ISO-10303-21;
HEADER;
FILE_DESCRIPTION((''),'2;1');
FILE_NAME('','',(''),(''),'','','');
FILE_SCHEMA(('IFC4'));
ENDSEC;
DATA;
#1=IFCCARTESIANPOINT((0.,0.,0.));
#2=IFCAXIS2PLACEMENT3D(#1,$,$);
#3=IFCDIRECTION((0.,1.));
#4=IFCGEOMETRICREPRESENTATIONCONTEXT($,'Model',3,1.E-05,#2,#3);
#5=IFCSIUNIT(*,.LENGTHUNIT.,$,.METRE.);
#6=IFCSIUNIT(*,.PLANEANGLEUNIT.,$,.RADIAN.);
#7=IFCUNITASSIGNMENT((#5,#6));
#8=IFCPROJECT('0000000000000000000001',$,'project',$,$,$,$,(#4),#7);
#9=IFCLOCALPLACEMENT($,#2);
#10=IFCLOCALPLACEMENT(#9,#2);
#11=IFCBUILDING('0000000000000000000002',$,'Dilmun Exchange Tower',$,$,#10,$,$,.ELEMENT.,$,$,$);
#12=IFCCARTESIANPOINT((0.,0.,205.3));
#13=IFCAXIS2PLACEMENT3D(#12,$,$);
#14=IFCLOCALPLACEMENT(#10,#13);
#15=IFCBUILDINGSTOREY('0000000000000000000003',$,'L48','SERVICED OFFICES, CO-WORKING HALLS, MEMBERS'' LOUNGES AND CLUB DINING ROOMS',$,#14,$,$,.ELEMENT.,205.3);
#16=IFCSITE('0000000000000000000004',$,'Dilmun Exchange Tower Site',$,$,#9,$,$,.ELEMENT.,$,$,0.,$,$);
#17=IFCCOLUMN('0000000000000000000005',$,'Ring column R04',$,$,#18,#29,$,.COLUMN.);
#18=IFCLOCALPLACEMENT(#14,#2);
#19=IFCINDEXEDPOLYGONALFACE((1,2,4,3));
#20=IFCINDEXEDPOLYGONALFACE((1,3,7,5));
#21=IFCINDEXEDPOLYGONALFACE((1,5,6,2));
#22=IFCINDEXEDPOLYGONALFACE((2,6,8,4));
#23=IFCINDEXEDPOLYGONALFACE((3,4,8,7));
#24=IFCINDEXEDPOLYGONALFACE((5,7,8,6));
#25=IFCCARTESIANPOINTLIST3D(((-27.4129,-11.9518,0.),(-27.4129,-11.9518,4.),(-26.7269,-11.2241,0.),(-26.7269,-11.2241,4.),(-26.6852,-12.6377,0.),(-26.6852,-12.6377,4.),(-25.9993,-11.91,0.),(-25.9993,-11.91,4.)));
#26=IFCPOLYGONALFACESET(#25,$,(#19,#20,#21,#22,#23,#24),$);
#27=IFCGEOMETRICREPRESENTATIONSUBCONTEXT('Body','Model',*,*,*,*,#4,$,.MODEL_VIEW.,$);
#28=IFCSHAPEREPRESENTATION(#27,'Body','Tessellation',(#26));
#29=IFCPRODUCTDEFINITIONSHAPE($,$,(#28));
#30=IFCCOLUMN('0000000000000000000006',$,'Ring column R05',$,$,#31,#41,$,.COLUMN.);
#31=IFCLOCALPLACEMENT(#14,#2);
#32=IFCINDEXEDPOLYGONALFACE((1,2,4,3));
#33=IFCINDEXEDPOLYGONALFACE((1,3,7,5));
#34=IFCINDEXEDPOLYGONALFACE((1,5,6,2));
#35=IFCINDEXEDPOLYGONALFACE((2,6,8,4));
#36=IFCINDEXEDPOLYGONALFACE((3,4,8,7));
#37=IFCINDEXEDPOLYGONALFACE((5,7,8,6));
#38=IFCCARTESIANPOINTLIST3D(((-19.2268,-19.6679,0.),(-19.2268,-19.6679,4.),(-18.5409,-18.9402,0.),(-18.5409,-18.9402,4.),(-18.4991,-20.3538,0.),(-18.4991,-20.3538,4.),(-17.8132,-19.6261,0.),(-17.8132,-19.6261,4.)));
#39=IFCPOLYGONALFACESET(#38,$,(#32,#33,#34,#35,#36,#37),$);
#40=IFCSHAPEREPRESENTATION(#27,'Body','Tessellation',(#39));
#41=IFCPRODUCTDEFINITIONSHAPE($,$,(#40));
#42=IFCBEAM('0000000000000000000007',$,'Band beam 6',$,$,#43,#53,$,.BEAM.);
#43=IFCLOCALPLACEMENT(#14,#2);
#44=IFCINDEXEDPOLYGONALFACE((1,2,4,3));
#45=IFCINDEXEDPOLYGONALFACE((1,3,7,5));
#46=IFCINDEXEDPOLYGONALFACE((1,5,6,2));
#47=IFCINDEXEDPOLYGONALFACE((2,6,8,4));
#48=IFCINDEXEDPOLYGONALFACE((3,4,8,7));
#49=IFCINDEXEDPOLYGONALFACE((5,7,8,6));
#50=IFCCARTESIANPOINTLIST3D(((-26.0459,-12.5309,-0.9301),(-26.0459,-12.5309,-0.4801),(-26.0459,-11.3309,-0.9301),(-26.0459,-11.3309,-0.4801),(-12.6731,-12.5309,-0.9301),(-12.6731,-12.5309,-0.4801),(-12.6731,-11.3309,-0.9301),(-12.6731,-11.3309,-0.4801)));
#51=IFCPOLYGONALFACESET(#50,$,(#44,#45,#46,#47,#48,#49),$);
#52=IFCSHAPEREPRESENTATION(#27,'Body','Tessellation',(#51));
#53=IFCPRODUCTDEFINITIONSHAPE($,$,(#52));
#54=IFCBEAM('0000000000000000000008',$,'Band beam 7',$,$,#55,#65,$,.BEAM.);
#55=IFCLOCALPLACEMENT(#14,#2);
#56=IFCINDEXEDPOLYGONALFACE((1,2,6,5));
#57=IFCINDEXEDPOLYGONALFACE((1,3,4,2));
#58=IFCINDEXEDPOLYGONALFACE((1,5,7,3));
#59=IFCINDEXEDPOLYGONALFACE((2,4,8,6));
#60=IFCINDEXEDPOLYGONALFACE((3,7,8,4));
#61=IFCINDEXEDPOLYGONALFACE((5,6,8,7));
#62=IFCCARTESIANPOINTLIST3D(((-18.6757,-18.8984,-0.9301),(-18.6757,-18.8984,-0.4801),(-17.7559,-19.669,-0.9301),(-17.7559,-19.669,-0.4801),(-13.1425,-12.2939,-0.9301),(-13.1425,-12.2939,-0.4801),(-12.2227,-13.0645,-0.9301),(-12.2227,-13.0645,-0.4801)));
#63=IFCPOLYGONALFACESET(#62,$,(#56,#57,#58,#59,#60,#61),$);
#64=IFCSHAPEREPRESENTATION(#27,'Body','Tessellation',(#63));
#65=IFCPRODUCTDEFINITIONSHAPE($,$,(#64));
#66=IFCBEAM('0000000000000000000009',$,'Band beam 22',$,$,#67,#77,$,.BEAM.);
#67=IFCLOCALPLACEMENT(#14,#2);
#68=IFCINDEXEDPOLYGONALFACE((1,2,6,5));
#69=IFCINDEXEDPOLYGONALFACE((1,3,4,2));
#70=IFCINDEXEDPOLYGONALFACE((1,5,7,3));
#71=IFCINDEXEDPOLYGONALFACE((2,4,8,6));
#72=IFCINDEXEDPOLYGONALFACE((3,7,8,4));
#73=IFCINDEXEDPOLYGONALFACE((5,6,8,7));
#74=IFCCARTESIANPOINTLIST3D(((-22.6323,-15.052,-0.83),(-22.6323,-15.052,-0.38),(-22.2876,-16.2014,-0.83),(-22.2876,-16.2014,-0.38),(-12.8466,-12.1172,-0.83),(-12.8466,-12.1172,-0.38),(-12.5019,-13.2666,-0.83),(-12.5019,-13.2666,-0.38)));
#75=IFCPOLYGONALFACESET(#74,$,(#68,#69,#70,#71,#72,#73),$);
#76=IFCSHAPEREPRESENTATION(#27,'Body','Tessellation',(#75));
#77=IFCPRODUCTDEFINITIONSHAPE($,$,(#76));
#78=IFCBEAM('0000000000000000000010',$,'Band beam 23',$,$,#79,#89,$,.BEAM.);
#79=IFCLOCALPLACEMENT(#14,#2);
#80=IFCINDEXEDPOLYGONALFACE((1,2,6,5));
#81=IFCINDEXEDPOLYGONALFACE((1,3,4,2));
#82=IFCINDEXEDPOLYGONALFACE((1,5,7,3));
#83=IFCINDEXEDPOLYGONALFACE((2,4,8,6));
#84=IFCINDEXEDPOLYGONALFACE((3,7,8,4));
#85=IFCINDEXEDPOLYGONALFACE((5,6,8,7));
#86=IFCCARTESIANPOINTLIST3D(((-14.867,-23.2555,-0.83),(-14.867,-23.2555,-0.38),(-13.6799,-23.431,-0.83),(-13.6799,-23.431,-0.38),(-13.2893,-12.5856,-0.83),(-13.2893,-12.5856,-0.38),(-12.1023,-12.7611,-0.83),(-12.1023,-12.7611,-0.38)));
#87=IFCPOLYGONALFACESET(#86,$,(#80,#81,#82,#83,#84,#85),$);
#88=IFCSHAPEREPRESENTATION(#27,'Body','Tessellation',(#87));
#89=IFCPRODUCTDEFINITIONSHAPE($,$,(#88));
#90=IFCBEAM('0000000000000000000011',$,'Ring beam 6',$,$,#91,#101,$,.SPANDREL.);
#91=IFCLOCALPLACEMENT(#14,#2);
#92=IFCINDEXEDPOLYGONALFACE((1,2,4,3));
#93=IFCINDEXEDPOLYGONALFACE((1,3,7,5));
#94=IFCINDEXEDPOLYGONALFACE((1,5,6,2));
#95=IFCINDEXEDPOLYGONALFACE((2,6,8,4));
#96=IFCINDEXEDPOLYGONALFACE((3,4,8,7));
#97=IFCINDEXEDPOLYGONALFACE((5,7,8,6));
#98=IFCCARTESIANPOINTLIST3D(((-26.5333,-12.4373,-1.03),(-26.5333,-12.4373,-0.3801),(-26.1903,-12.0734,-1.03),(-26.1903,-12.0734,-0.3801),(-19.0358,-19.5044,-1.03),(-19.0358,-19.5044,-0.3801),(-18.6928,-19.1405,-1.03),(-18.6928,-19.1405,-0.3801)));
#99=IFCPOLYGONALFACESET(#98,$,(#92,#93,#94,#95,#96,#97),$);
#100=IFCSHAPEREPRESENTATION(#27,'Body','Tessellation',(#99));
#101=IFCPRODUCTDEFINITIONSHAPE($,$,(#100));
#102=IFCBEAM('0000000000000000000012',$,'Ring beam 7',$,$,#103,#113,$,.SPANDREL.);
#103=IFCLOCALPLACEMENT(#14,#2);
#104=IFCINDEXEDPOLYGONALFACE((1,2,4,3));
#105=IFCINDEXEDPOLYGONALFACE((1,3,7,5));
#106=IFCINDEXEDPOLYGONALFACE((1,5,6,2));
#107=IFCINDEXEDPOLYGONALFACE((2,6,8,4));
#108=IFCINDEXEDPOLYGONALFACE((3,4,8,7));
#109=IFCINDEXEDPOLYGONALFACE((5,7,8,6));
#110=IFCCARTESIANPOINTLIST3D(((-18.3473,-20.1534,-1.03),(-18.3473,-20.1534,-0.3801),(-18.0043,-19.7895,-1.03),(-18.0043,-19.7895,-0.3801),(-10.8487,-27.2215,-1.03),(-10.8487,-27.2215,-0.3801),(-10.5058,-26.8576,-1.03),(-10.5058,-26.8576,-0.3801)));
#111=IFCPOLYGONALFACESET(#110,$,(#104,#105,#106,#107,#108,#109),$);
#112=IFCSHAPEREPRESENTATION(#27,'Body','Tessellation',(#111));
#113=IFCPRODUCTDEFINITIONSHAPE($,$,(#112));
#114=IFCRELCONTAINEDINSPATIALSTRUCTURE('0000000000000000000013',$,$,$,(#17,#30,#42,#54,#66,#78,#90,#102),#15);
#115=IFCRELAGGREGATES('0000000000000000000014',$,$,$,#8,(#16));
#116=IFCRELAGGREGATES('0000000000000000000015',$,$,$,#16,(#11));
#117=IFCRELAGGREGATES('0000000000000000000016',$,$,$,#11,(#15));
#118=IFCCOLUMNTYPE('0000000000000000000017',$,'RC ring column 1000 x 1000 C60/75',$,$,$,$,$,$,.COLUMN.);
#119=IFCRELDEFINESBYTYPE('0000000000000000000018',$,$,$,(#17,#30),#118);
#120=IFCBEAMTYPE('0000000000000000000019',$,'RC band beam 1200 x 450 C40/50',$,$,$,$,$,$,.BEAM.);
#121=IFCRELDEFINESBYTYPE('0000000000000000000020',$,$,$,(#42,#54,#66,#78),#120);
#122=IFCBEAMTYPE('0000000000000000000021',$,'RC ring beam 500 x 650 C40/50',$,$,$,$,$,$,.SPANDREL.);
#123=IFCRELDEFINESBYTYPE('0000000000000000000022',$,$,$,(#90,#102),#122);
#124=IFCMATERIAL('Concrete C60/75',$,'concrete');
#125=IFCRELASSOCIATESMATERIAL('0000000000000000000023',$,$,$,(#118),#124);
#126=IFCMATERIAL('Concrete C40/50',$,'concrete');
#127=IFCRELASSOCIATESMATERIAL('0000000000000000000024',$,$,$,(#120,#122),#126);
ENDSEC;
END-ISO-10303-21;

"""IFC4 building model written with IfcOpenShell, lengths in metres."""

from ifc_helpers import new_model, si_unit, direction, frame, origin, origin_2d, place, context, subcontext, project, spatial, rectangle, extrude, material, material_profile, profile_set, type_object, element, save


model = new_model("IFC4")

# Units and contexts
model_context = context("Model", 3, precision=1e-05, world=origin(), true_north=direction((0.0, 1.0)))
body_context = subcontext(model_context, "Body", "Model", "MODEL_VIEW")
ifc_project = project(units=[si_unit("LENGTHUNIT", "METRE"), si_unit("PLANEANGLEUNIT", "RADIAN")], contexts=[model_context])

# Site, building, storey
site_placement = place(None, origin())
site = spatial("IfcSite", under=ifc_project, at=site_placement, Name="Dilmun Exchange Tower Site", CompositionType="ELEMENT", RefElevation=0.0)
building_placement = place(site_placement, origin())
building = spatial("IfcBuilding", under=site, at=building_placement, Name="Dilmun Exchange Tower", CompositionType="ELEMENT")
storey_placement = place(building_placement, frame((0.0, 0.0, 205.3)))
storey = spatial("IfcBuildingStorey", under=building, at=storey_placement, Name="L48", Description="SERVICED OFFICES, CO-WORKING HALLS, MEMBERS' LOUNGES AND CLUB DINING ROOMS", CompositionType="ELEMENT", Elevation=205.3)

# Columns
ifc_material_1 = material(Name="Concrete C60/75", Category="concrete")
ifc_material_profile_1 = material_profile(ifc_material_1, rectangle(XDim=1.0, YDim=1.0, at=origin_2d()), Name="1000 x 1000")
ifc_profile_set_1 = profile_set([ifc_material_profile_1], Name="Concrete C60/75")
column_type = type_object("IfcColumnType", Name="RC ring column 1000 x 1000 C60/75", PredefinedType="COLUMN", material=ifc_profile_set_1)
for number, where, z_axis, x_axis, name in (
    (1, (-26.7061, -11.9309, 0.0), (0.0, 0.0, 1.0), (0.685916, 0.727681, 0.0), "Ring column R04"),
    (2, (-18.52, -19.647, 0.0), (0.0, 0.0, 1.0), (0.685916, 0.727681, 0.0), "Ring column R05"),
):
    element("IfcColumn", number, at=place(storey_placement, frame(where, z_axis=z_axis, x_axis=x_axis)), inside=storey, type_object=column_type, Name=name, PredefinedType="COLUMN", context=body_context, shape_type="SweptSolid", body=[
        extrude(rectangle(XDim=1.0, YDim=1.0, at=origin_2d()), origin(), (0.0, 0.0, 1.0), 4.0),
    ])

# Beams
ifc_material_2 = material(Name="Concrete C40/50", Category="concrete")
ifc_material_profile_2 = material_profile(ifc_material_2, rectangle(XDim=1.2, YDim=0.45, at=origin_2d()), Name="1200 x 450")
ifc_profile_set_2 = profile_set([ifc_material_profile_2], Name="Concrete C40/50")
beam_type_1 = type_object("IfcBeamType", Name="RC band beam 1200 x 450 C40/50", PredefinedType="BEAM", material=ifc_profile_set_2)
beam_1_placement = place(storey_placement, frame((-26.0459, -11.9309, -0.7051), z_axis=(1.0, 0.0, 0.0), x_axis=(0.0, 1.0, 0.0)))
element("IfcBeam", 3, at=beam_1_placement, inside=storey, type_object=beam_type_1, Name="Band beam 6", PredefinedType="BEAM", context=body_context, shape_type="SweptSolid", body=[
    extrude(rectangle(XDim=1.2, YDim=0.45, at=origin_2d()), origin(), (0.0, 0.0, 1.0), 13.3728),
])
beam_2_placement = place(storey_placement, frame((-18.2158, -19.2837, -0.7051), z_axis=(0.6422, 0.766537, 0.0), x_axis=(-0.766537, 0.6422, 0.0)))
element("IfcBeam", 4, at=beam_2_placement, inside=storey, type_object=beam_type_1, Name="Band beam 7", PredefinedType="BEAM", context=body_context, shape_type="SweptSolid", body=[
    extrude(rectangle(XDim=1.2, YDim=0.45, at=origin_2d()), origin(), (0.0, 0.0, 1.0), 8.616),
])
beam_3_placement = place(storey_placement, frame((-22.46, -15.6267, -0.605), z_axis=(0.95785, 0.287269, 0.0), x_axis=(-0.287269, 0.95785, 0.0)))
element("IfcBeam", 5, at=beam_3_placement, inside=storey, type_object=beam_type_1, Name="Band beam 22", PredefinedType="BEAM", context=body_context, shape_type="SweptSolid", body=[
    extrude(rectangle(XDim=1.2, YDim=0.45, at=origin_2d()), origin(), (0.0, 0.0, 1.0), 10.2163),
])
beam_4_placement = place(storey_placement, frame((-14.2734, -23.3433, -0.605), z_axis=(0.146268, 0.989245, 0.0), x_axis=(-0.989245, 0.146268, 0.0)))
element("IfcBeam", 6, at=beam_4_placement, inside=storey, type_object=beam_type_1, Name="Band beam 23", PredefinedType="BEAM", context=body_context, shape_type="SweptSolid", body=[
    extrude(rectangle(XDim=1.2, YDim=0.45, at=origin_2d()), origin(), (0.0, 0.0, 1.0), 10.7859),
])
ifc_material_profile_3 = material_profile(ifc_material_2, rectangle(XDim=0.5, YDim=0.6499, at=origin_2d()), Name="500 x 650")
ifc_profile_set_3 = profile_set([ifc_material_profile_3], Name="Concrete C40/50")
beam_type_2 = type_object("IfcBeamType", Name="RC ring beam 500 x 650 C40/50", PredefinedType="SPANDREL", material=ifc_profile_set_3)
beam_5_placement = place(storey_placement, frame((-26.3618, -12.2554, -0.7051), z_axis=(0.727686, -0.685911, 0.0), x_axis=(0.685911, 0.727686, 0.0)))
element("IfcBeam", 7, at=beam_5_placement, inside=storey, type_object=beam_type_2, Name="Ring beam 6", PredefinedType="SPANDREL", context=body_context, shape_type="SweptSolid", body=[
    extrude(rectangle(XDim=0.5, YDim=0.6499, at=origin_2d()), origin(), (0.0, 0.0, 1.0), 10.3032),
])
beam_6_placement = place(storey_placement, frame((-18.1758, -19.9714, -0.7051), z_axis=(0.727683, -0.685914, 0.0), x_axis=(0.685914, 0.727683, 0.0)))
element("IfcBeam", 8, at=beam_6_placement, inside=storey, type_object=beam_type_2, Name="Ring beam 7", PredefinedType="SPANDREL", context=body_context, shape_type="SweptSolid", body=[
    extrude(rectangle(XDim=0.5, YDim=0.6499, at=origin_2d()), origin(), (0.0, 0.0, 1.0), 10.3047),
])

save(model, "model.ifc")
